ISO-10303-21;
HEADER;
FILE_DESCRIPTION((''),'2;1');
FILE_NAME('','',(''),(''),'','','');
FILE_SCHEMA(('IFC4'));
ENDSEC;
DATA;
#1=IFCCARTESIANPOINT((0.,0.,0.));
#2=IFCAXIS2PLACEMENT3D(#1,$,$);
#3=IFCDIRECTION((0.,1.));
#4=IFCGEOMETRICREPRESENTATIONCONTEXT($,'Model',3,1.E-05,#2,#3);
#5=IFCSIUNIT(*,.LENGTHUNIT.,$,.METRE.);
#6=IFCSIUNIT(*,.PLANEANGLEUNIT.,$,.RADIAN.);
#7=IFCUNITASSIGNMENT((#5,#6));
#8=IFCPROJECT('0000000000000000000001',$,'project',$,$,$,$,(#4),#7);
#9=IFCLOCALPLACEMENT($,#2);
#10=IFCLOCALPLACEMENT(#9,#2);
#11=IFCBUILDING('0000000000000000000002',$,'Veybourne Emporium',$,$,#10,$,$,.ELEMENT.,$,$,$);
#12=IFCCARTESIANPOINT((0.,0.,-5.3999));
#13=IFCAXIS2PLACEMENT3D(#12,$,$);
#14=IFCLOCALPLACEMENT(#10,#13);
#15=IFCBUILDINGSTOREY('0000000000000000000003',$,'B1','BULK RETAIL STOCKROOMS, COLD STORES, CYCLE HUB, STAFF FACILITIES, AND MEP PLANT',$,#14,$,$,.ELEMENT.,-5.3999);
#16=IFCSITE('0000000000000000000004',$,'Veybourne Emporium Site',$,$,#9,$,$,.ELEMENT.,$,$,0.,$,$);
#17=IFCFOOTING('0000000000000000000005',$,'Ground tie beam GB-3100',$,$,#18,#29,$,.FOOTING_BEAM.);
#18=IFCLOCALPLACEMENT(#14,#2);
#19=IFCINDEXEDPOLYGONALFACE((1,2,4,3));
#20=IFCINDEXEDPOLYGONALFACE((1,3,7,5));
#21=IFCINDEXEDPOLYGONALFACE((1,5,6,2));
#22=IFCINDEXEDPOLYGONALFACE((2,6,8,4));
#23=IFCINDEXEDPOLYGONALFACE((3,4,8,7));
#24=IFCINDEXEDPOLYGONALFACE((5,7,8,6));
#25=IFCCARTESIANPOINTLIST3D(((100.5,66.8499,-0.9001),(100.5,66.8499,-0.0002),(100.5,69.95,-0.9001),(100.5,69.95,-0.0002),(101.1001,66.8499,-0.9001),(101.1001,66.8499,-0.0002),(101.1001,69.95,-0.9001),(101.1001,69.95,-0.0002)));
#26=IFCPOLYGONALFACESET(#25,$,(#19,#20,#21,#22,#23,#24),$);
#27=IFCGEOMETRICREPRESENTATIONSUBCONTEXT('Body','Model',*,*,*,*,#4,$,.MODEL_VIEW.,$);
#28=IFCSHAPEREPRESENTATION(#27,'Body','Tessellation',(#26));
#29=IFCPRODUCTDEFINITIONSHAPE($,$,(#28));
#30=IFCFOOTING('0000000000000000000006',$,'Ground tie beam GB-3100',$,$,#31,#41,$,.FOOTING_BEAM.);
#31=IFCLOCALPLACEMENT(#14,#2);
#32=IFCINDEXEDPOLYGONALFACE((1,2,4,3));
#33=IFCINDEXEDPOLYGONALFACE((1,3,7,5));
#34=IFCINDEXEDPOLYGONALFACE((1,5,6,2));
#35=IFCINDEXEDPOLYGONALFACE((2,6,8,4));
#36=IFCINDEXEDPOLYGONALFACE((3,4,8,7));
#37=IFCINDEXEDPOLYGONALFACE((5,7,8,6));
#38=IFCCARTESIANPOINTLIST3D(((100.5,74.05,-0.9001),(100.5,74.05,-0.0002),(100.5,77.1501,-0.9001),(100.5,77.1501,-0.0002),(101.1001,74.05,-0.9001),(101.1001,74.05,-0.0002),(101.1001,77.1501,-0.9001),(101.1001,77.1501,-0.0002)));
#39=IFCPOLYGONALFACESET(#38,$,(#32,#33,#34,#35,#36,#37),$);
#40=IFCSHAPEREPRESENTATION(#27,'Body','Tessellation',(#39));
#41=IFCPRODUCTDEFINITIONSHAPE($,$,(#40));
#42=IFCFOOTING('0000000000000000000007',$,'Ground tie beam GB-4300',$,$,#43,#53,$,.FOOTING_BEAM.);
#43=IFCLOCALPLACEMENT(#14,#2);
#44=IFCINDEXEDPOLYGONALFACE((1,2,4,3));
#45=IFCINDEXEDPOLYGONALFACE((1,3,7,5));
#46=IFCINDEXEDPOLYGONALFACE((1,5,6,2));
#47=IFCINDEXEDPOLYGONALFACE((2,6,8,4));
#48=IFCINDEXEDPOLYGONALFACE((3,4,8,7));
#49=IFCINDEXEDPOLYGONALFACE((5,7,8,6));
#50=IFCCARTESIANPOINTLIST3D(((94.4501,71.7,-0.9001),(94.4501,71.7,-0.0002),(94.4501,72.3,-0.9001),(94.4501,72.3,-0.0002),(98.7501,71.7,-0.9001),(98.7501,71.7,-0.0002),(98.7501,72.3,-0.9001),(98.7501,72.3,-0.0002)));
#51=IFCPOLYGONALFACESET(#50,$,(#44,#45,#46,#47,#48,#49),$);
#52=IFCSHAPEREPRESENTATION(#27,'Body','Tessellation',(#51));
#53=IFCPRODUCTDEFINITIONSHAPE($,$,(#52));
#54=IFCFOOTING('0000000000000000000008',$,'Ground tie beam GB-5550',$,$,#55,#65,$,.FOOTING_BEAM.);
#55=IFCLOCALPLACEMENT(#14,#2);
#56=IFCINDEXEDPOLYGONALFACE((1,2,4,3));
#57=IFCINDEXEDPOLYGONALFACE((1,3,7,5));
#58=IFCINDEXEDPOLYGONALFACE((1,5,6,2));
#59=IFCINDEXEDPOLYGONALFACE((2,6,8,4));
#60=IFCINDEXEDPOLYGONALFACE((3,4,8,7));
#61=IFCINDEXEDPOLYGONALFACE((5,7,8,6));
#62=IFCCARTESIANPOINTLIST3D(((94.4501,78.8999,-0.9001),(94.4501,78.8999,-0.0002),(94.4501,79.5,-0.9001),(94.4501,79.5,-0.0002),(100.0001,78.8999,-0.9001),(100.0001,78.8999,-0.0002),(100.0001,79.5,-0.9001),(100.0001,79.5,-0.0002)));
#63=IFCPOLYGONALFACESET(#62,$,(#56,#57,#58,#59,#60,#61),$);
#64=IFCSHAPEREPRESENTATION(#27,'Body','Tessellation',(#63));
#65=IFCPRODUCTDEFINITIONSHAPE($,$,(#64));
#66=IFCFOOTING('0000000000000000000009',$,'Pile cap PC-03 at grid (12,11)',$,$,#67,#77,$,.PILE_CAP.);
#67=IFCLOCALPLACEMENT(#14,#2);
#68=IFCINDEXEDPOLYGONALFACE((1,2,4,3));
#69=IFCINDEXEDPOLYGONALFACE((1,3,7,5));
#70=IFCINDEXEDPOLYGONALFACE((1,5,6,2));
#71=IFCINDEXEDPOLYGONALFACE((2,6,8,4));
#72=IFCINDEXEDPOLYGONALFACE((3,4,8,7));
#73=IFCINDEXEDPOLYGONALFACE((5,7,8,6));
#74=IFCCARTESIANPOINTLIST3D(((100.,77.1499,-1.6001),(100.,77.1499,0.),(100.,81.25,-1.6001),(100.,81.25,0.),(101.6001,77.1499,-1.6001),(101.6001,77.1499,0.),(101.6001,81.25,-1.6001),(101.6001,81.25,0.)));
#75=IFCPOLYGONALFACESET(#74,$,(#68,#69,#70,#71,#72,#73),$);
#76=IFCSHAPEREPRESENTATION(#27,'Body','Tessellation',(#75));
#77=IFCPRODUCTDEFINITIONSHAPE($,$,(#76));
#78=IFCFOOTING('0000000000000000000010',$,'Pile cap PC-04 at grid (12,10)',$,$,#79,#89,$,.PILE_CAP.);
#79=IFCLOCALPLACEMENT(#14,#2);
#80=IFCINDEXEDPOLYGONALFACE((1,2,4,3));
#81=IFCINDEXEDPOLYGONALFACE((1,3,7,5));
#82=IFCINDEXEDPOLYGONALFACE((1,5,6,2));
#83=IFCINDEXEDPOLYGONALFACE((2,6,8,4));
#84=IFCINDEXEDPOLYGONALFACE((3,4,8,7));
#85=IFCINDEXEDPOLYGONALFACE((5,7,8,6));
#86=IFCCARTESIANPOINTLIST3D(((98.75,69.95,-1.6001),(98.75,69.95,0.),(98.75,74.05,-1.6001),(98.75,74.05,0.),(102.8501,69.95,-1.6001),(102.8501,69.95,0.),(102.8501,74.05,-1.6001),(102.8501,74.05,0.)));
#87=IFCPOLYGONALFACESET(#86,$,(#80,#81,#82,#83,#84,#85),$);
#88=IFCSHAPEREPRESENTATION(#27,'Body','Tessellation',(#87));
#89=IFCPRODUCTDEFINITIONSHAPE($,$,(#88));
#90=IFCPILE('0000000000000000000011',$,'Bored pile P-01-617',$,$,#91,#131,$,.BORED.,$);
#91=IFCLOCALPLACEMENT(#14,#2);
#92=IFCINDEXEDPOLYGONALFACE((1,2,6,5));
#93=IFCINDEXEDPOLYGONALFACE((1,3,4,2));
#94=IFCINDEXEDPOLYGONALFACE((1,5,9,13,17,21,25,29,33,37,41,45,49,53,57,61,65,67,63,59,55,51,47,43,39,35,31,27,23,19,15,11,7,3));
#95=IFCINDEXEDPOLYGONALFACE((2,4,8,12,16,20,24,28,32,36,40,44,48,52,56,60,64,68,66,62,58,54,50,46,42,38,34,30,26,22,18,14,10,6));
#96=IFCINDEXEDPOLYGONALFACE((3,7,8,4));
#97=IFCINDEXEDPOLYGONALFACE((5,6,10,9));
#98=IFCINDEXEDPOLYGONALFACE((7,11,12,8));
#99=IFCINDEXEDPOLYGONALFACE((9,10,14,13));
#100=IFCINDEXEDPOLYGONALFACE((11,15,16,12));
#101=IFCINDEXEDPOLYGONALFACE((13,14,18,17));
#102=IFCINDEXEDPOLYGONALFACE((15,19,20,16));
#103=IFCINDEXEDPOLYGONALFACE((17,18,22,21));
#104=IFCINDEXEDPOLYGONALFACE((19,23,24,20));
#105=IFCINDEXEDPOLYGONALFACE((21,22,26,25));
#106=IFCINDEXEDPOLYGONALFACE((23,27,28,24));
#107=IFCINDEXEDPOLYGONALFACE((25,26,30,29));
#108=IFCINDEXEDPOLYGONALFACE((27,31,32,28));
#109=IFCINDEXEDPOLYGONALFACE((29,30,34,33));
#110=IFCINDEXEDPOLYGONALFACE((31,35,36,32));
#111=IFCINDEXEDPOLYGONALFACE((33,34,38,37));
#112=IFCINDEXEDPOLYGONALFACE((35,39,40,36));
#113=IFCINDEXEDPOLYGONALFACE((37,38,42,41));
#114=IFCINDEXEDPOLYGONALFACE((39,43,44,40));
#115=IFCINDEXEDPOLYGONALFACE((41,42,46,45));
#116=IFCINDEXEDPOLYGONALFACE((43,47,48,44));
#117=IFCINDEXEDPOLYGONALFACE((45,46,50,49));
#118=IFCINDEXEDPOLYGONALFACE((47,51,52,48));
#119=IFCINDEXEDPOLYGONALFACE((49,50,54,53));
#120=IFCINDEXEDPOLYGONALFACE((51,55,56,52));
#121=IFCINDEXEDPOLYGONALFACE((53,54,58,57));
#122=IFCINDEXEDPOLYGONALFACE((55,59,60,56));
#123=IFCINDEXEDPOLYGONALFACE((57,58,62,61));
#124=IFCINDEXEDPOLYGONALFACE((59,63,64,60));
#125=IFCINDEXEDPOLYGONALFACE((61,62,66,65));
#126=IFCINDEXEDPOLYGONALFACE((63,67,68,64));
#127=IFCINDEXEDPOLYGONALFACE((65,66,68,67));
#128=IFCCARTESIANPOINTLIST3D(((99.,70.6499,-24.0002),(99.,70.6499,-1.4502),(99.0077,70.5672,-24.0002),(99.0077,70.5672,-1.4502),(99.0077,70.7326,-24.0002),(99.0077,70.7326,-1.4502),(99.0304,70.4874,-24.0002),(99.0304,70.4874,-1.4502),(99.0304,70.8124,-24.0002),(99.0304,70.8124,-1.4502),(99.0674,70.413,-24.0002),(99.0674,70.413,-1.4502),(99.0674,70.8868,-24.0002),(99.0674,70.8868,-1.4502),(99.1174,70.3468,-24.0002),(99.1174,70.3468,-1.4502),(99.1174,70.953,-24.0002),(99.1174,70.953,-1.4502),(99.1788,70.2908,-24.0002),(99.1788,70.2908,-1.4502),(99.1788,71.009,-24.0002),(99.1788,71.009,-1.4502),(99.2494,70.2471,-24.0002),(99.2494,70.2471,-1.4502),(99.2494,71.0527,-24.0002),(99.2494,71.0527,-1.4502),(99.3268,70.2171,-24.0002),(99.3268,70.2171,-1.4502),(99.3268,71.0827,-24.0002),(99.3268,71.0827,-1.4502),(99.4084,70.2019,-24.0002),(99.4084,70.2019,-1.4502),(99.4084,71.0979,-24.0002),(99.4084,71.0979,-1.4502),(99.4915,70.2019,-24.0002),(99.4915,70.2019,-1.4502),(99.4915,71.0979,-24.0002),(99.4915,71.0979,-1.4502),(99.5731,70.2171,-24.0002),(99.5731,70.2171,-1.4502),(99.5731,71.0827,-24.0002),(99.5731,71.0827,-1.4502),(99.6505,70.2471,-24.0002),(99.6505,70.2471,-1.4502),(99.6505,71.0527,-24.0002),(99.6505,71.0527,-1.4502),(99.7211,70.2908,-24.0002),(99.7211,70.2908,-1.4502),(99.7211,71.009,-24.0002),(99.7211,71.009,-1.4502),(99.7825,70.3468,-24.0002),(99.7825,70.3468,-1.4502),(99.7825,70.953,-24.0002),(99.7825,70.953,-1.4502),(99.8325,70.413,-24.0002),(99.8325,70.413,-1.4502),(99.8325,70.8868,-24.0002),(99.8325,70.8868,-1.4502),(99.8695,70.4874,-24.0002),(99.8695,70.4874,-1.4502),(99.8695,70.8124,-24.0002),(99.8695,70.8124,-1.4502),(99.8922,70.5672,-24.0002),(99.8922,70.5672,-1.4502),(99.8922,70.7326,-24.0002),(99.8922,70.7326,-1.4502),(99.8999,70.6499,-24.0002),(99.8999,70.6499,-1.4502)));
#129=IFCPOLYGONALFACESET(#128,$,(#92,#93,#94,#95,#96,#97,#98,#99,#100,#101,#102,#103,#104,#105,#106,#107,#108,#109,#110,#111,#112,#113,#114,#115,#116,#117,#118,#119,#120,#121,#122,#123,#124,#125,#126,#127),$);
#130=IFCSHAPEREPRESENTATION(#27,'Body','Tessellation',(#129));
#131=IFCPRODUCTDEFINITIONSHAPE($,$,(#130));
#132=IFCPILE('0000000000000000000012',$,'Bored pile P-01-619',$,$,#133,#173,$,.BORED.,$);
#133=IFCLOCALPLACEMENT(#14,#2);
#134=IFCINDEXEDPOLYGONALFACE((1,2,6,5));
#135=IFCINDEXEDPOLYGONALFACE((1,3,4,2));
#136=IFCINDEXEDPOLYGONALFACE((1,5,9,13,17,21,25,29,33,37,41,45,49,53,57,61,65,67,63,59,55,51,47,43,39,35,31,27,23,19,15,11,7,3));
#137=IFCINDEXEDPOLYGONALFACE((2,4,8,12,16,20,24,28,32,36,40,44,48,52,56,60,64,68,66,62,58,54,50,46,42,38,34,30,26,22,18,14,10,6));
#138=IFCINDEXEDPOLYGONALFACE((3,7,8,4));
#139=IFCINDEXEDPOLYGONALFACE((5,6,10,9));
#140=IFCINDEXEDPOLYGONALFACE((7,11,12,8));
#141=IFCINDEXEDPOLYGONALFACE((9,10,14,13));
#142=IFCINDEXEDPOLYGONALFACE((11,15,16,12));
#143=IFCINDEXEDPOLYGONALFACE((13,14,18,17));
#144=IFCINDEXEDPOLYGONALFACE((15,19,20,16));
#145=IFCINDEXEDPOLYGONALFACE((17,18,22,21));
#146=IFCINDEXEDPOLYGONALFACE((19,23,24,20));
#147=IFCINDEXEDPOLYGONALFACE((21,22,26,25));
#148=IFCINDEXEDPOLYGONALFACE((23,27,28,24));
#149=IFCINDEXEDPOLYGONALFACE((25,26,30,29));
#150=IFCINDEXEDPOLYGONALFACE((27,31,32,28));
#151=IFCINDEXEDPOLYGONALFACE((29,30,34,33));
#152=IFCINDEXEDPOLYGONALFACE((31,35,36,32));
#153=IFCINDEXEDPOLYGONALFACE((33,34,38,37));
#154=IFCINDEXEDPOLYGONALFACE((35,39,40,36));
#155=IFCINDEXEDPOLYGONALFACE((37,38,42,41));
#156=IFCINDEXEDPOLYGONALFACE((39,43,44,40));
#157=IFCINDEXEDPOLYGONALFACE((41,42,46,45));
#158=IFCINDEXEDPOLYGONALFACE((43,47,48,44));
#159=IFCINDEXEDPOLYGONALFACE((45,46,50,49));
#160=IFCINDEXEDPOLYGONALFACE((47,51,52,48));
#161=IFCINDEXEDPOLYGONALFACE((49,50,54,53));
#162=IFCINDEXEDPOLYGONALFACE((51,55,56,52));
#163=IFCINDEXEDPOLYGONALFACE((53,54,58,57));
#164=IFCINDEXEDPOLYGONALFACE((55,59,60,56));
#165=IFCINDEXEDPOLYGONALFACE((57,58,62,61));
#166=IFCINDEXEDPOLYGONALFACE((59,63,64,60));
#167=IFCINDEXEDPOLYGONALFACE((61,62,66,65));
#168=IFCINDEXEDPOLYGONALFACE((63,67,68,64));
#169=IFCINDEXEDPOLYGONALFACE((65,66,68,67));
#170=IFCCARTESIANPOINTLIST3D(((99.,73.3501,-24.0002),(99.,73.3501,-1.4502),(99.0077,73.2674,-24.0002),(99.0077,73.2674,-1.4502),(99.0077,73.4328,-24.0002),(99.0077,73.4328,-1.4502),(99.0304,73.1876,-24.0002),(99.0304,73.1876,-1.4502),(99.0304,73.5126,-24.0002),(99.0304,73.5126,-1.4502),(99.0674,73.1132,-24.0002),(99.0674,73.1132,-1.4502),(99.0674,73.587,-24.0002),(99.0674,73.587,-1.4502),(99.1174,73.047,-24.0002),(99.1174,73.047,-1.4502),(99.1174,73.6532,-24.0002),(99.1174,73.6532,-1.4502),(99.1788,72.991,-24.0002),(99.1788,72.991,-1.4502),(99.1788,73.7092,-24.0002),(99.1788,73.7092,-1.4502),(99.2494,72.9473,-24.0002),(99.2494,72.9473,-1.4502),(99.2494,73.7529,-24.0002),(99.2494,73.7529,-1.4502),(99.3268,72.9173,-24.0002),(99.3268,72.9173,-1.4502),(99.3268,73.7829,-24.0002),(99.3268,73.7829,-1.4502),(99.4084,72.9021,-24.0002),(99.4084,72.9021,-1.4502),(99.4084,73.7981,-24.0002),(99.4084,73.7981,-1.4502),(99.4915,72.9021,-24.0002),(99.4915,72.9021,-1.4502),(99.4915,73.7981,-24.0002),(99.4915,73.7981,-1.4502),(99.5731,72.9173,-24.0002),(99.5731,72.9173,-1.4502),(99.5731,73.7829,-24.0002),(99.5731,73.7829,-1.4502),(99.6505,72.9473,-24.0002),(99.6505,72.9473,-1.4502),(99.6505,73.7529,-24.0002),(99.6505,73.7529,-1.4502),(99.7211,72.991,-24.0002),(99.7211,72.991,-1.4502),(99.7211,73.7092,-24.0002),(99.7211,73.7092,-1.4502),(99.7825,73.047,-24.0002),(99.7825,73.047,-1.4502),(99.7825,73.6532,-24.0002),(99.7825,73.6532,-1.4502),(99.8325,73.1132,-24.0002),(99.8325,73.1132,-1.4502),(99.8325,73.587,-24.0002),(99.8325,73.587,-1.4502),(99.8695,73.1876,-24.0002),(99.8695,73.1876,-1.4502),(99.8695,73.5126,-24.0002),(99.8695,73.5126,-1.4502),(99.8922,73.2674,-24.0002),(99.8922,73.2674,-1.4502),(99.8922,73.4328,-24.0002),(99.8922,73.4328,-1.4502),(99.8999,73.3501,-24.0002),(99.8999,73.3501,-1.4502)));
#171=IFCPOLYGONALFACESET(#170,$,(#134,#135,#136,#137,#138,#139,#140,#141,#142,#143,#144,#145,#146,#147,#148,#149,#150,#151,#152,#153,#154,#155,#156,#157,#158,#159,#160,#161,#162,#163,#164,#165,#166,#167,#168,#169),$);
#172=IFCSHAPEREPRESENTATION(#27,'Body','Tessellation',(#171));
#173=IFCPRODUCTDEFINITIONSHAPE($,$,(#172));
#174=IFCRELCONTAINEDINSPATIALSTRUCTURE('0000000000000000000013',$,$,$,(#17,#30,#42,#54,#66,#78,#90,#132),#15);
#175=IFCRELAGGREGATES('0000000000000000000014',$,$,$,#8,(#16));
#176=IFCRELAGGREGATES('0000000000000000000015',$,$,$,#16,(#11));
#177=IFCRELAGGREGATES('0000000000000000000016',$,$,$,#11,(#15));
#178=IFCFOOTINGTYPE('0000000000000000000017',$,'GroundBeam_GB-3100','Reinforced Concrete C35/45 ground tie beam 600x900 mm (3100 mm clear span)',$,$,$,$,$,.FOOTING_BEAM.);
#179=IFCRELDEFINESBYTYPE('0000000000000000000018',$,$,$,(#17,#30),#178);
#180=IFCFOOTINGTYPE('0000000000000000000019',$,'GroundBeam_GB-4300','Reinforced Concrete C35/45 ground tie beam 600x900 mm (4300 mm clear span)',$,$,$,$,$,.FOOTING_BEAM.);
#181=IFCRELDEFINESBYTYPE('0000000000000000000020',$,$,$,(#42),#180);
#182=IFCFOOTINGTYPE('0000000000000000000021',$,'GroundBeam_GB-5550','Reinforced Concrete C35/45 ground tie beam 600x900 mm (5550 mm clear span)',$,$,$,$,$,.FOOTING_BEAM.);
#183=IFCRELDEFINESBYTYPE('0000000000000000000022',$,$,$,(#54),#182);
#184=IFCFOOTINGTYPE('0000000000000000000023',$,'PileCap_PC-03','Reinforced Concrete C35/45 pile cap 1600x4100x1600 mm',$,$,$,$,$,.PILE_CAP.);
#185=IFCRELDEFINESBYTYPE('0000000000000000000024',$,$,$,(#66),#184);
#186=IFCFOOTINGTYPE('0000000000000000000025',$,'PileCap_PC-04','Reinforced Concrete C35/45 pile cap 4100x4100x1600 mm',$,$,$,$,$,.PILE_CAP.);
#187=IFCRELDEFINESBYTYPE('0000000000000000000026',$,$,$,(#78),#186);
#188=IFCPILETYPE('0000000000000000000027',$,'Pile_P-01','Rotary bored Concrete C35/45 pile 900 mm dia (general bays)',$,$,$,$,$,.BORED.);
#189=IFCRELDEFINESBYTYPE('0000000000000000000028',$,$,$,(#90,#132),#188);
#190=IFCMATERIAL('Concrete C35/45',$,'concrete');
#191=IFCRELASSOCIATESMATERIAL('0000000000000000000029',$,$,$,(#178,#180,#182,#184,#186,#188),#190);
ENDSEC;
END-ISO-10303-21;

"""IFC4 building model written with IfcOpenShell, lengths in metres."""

from ifc_helpers import new_model, si_unit, direction, frame, origin, origin_2d, place, context, subcontext, project, spatial, rectangle, circle, extrude, material, material_profile, profile_set, type_object, element, save


model = new_model("IFC4")

# Units and contexts
model_context = context("Model", 3, precision=1e-05, world=origin(), true_north=direction((0.0, 1.0)))
body_context = subcontext(model_context, "Body", "Model", "MODEL_VIEW")
ifc_project = project(units=[si_unit("LENGTHUNIT", "METRE"), si_unit("PLANEANGLEUNIT", "RADIAN")], contexts=[model_context])

# Site, building, storey
site_placement = place(None, origin())
site = spatial("IfcSite", under=ifc_project, at=site_placement, Name="Veybourne Emporium Site", CompositionType="ELEMENT", RefElevation=0.0)
building_placement = place(site_placement, origin())
building = spatial("IfcBuilding", under=site, at=building_placement, Name="Veybourne Emporium", CompositionType="ELEMENT")
storey_placement = place(building_placement, frame((0.0, 0.0, -5.3999)))
storey = spatial("IfcBuildingStorey", under=building, at=storey_placement, Name="B1", Description="BULK RETAIL STOCKROOMS, COLD STORES, CYCLE HUB, STAFF FACILITIES, AND MEP PLANT", CompositionType="ELEMENT", Elevation=-5.3999)

# Footings
ifc_material_1 = material(Name="Concrete C35/45", Category="concrete")
footing_type_1 = type_object("IfcFootingType", Name="GroundBeam_GB-3100", Description="Reinforced Concrete C35/45 ground tie beam 600x900 mm (3100 mm clear span)", PredefinedType="FOOTING_BEAM", material=ifc_material_1)
for number, where, z_axis, x_axis, name in (
    (1, (100.8, 68.3999, -0.9001), (0.0, 0.0, 1.0), (0.0, 1.0, 0.0), "Ground tie beam GB-3100"),
    (2, (100.8, 75.6001, -0.9001), (0.0, 0.0, 1.0), (0.0, 1.0, 0.0), "Ground tie beam GB-3100"),
):
    element("IfcFooting", number, at=place(storey_placement, frame(where, z_axis=z_axis, x_axis=x_axis)), inside=storey, type_object=footing_type_1, Name=name, PredefinedType="FOOTING_BEAM", context=body_context, shape_type="SweptSolid", body=[
        extrude(rectangle(XDim=3.1001, YDim=0.6001, at=origin_2d()), origin(), (0.0, 0.0, 1.0), 0.8999),
    ])
footing_type_2 = type_object("IfcFootingType", Name="GroundBeam_GB-4300", Description="Reinforced Concrete C35/45 ground tie beam 600x900 mm (4300 mm clear span)", PredefinedType="FOOTING_BEAM", material=ifc_material_1)
footing_1_placement = place(storey_placement, frame((96.6001, 72.0, -0.9001), z_axis=(0.0, 0.0, 1.0), x_axis=(1.0, 0.0, 0.0)))
element("IfcFooting", 3, at=footing_1_placement, inside=storey, type_object=footing_type_2, Name="Ground tie beam GB-4300", PredefinedType="FOOTING_BEAM", context=body_context, shape_type="SweptSolid", body=[
    extrude(rectangle(XDim=4.3, YDim=0.6001, at=origin_2d()), origin(), (0.0, 0.0, 1.0), 0.8999),
])
footing_type_3 = type_object("IfcFootingType", Name="GroundBeam_GB-5550", Description="Reinforced Concrete C35/45 ground tie beam 600x900 mm (5550 mm clear span)", PredefinedType="FOOTING_BEAM", material=ifc_material_1)
footing_2_placement = place(storey_placement, frame((97.2251, 79.2, -0.9001), z_axis=(0.0, 0.0, 1.0), x_axis=(1.0, 0.0, 0.0)))
element("IfcFooting", 4, at=footing_2_placement, inside=storey, type_object=footing_type_3, Name="Ground tie beam GB-5550", PredefinedType="FOOTING_BEAM", context=body_context, shape_type="SweptSolid", body=[
    extrude(rectangle(XDim=5.55, YDim=0.6001, at=origin_2d()), origin(), (0.0, 0.0, 1.0), 0.8999),
])
footing_type_4 = type_object("IfcFootingType", Name="PileCap_PC-03", Description="Reinforced Concrete C35/45 pile cap 1600x4100x1600 mm", PredefinedType="PILE_CAP", material=ifc_material_1)
footing_3_placement = place(storey_placement, frame((100.8, 79.2, -1.6001), z_axis=(0.0, 0.0, 1.0), x_axis=(1.0, 0.0, 0.0)))
element("IfcFooting", 5, at=footing_3_placement, inside=storey, type_object=footing_type_4, Name="Pile cap PC-03 at grid (12,11)", PredefinedType="PILE_CAP", context=body_context, shape_type="SweptSolid", body=[
    extrude(rectangle(XDim=1.6001, YDim=4.1001, at=origin_2d()), origin(), (0.0, 0.0, 1.0), 1.6001),
])
footing_type_5 = type_object("IfcFootingType", Name="PileCap_PC-04", Description="Reinforced Concrete C35/45 pile cap 4100x4100x1600 mm", PredefinedType="PILE_CAP", material=ifc_material_1)
footing_4_placement = place(storey_placement, frame((100.8, 72.0, -1.6001), z_axis=(0.0, 0.0, 1.0), x_axis=(1.0, 0.0, 0.0)))
element("IfcFooting", 6, at=footing_4_placement, inside=storey, type_object=footing_type_5, Name="Pile cap PC-04 at grid (12,10)", PredefinedType="PILE_CAP", context=body_context, shape_type="SweptSolid", body=[
    extrude(rectangle(XDim=4.1001, YDim=4.1001, at=origin_2d()), origin(), (0.0, 0.0, 1.0), 1.6001),
])

# Piles
ifc_material_profile_1 = material_profile(ifc_material_1, circle(Radius=0.45, at=origin_2d()), Name="BORED PILE 900")
ifc_profile_set_1 = profile_set([ifc_material_profile_1], Name="Concrete C35/45")
pile_type_1 = type_object("IfcPileType", Name="Pile_P-01", Description="Rotary bored Concrete C35/45 pile 900 mm dia (general bays)", PredefinedType="BORED", material=ifc_profile_set_1)
for number, where, z_axis, x_axis, name in (
    (7, (99.45, 70.6499, -1.4502), (0.0, 0.0, -1.0), (1.0, 0.0, 0.0), "Bored pile P-01-617"),
    (8, (99.45, 73.3501, -1.4502), (0.0, 0.0, -1.0), (1.0, 0.0, 0.0), "Bored pile P-01-619"),
):
    element("IfcPile", number, at=place(storey_placement, frame(where, z_axis=z_axis, x_axis=x_axis)), inside=storey, type_object=pile_type_1, Name=name, PredefinedType="BORED", context=body_context, shape_type="SweptSolid", body=[
        extrude(circle(Radius=0.45, at=origin_2d()), origin(), (0.0, 0.0, 1.0), 22.55),
    ])

save(model, "model.ifc")
